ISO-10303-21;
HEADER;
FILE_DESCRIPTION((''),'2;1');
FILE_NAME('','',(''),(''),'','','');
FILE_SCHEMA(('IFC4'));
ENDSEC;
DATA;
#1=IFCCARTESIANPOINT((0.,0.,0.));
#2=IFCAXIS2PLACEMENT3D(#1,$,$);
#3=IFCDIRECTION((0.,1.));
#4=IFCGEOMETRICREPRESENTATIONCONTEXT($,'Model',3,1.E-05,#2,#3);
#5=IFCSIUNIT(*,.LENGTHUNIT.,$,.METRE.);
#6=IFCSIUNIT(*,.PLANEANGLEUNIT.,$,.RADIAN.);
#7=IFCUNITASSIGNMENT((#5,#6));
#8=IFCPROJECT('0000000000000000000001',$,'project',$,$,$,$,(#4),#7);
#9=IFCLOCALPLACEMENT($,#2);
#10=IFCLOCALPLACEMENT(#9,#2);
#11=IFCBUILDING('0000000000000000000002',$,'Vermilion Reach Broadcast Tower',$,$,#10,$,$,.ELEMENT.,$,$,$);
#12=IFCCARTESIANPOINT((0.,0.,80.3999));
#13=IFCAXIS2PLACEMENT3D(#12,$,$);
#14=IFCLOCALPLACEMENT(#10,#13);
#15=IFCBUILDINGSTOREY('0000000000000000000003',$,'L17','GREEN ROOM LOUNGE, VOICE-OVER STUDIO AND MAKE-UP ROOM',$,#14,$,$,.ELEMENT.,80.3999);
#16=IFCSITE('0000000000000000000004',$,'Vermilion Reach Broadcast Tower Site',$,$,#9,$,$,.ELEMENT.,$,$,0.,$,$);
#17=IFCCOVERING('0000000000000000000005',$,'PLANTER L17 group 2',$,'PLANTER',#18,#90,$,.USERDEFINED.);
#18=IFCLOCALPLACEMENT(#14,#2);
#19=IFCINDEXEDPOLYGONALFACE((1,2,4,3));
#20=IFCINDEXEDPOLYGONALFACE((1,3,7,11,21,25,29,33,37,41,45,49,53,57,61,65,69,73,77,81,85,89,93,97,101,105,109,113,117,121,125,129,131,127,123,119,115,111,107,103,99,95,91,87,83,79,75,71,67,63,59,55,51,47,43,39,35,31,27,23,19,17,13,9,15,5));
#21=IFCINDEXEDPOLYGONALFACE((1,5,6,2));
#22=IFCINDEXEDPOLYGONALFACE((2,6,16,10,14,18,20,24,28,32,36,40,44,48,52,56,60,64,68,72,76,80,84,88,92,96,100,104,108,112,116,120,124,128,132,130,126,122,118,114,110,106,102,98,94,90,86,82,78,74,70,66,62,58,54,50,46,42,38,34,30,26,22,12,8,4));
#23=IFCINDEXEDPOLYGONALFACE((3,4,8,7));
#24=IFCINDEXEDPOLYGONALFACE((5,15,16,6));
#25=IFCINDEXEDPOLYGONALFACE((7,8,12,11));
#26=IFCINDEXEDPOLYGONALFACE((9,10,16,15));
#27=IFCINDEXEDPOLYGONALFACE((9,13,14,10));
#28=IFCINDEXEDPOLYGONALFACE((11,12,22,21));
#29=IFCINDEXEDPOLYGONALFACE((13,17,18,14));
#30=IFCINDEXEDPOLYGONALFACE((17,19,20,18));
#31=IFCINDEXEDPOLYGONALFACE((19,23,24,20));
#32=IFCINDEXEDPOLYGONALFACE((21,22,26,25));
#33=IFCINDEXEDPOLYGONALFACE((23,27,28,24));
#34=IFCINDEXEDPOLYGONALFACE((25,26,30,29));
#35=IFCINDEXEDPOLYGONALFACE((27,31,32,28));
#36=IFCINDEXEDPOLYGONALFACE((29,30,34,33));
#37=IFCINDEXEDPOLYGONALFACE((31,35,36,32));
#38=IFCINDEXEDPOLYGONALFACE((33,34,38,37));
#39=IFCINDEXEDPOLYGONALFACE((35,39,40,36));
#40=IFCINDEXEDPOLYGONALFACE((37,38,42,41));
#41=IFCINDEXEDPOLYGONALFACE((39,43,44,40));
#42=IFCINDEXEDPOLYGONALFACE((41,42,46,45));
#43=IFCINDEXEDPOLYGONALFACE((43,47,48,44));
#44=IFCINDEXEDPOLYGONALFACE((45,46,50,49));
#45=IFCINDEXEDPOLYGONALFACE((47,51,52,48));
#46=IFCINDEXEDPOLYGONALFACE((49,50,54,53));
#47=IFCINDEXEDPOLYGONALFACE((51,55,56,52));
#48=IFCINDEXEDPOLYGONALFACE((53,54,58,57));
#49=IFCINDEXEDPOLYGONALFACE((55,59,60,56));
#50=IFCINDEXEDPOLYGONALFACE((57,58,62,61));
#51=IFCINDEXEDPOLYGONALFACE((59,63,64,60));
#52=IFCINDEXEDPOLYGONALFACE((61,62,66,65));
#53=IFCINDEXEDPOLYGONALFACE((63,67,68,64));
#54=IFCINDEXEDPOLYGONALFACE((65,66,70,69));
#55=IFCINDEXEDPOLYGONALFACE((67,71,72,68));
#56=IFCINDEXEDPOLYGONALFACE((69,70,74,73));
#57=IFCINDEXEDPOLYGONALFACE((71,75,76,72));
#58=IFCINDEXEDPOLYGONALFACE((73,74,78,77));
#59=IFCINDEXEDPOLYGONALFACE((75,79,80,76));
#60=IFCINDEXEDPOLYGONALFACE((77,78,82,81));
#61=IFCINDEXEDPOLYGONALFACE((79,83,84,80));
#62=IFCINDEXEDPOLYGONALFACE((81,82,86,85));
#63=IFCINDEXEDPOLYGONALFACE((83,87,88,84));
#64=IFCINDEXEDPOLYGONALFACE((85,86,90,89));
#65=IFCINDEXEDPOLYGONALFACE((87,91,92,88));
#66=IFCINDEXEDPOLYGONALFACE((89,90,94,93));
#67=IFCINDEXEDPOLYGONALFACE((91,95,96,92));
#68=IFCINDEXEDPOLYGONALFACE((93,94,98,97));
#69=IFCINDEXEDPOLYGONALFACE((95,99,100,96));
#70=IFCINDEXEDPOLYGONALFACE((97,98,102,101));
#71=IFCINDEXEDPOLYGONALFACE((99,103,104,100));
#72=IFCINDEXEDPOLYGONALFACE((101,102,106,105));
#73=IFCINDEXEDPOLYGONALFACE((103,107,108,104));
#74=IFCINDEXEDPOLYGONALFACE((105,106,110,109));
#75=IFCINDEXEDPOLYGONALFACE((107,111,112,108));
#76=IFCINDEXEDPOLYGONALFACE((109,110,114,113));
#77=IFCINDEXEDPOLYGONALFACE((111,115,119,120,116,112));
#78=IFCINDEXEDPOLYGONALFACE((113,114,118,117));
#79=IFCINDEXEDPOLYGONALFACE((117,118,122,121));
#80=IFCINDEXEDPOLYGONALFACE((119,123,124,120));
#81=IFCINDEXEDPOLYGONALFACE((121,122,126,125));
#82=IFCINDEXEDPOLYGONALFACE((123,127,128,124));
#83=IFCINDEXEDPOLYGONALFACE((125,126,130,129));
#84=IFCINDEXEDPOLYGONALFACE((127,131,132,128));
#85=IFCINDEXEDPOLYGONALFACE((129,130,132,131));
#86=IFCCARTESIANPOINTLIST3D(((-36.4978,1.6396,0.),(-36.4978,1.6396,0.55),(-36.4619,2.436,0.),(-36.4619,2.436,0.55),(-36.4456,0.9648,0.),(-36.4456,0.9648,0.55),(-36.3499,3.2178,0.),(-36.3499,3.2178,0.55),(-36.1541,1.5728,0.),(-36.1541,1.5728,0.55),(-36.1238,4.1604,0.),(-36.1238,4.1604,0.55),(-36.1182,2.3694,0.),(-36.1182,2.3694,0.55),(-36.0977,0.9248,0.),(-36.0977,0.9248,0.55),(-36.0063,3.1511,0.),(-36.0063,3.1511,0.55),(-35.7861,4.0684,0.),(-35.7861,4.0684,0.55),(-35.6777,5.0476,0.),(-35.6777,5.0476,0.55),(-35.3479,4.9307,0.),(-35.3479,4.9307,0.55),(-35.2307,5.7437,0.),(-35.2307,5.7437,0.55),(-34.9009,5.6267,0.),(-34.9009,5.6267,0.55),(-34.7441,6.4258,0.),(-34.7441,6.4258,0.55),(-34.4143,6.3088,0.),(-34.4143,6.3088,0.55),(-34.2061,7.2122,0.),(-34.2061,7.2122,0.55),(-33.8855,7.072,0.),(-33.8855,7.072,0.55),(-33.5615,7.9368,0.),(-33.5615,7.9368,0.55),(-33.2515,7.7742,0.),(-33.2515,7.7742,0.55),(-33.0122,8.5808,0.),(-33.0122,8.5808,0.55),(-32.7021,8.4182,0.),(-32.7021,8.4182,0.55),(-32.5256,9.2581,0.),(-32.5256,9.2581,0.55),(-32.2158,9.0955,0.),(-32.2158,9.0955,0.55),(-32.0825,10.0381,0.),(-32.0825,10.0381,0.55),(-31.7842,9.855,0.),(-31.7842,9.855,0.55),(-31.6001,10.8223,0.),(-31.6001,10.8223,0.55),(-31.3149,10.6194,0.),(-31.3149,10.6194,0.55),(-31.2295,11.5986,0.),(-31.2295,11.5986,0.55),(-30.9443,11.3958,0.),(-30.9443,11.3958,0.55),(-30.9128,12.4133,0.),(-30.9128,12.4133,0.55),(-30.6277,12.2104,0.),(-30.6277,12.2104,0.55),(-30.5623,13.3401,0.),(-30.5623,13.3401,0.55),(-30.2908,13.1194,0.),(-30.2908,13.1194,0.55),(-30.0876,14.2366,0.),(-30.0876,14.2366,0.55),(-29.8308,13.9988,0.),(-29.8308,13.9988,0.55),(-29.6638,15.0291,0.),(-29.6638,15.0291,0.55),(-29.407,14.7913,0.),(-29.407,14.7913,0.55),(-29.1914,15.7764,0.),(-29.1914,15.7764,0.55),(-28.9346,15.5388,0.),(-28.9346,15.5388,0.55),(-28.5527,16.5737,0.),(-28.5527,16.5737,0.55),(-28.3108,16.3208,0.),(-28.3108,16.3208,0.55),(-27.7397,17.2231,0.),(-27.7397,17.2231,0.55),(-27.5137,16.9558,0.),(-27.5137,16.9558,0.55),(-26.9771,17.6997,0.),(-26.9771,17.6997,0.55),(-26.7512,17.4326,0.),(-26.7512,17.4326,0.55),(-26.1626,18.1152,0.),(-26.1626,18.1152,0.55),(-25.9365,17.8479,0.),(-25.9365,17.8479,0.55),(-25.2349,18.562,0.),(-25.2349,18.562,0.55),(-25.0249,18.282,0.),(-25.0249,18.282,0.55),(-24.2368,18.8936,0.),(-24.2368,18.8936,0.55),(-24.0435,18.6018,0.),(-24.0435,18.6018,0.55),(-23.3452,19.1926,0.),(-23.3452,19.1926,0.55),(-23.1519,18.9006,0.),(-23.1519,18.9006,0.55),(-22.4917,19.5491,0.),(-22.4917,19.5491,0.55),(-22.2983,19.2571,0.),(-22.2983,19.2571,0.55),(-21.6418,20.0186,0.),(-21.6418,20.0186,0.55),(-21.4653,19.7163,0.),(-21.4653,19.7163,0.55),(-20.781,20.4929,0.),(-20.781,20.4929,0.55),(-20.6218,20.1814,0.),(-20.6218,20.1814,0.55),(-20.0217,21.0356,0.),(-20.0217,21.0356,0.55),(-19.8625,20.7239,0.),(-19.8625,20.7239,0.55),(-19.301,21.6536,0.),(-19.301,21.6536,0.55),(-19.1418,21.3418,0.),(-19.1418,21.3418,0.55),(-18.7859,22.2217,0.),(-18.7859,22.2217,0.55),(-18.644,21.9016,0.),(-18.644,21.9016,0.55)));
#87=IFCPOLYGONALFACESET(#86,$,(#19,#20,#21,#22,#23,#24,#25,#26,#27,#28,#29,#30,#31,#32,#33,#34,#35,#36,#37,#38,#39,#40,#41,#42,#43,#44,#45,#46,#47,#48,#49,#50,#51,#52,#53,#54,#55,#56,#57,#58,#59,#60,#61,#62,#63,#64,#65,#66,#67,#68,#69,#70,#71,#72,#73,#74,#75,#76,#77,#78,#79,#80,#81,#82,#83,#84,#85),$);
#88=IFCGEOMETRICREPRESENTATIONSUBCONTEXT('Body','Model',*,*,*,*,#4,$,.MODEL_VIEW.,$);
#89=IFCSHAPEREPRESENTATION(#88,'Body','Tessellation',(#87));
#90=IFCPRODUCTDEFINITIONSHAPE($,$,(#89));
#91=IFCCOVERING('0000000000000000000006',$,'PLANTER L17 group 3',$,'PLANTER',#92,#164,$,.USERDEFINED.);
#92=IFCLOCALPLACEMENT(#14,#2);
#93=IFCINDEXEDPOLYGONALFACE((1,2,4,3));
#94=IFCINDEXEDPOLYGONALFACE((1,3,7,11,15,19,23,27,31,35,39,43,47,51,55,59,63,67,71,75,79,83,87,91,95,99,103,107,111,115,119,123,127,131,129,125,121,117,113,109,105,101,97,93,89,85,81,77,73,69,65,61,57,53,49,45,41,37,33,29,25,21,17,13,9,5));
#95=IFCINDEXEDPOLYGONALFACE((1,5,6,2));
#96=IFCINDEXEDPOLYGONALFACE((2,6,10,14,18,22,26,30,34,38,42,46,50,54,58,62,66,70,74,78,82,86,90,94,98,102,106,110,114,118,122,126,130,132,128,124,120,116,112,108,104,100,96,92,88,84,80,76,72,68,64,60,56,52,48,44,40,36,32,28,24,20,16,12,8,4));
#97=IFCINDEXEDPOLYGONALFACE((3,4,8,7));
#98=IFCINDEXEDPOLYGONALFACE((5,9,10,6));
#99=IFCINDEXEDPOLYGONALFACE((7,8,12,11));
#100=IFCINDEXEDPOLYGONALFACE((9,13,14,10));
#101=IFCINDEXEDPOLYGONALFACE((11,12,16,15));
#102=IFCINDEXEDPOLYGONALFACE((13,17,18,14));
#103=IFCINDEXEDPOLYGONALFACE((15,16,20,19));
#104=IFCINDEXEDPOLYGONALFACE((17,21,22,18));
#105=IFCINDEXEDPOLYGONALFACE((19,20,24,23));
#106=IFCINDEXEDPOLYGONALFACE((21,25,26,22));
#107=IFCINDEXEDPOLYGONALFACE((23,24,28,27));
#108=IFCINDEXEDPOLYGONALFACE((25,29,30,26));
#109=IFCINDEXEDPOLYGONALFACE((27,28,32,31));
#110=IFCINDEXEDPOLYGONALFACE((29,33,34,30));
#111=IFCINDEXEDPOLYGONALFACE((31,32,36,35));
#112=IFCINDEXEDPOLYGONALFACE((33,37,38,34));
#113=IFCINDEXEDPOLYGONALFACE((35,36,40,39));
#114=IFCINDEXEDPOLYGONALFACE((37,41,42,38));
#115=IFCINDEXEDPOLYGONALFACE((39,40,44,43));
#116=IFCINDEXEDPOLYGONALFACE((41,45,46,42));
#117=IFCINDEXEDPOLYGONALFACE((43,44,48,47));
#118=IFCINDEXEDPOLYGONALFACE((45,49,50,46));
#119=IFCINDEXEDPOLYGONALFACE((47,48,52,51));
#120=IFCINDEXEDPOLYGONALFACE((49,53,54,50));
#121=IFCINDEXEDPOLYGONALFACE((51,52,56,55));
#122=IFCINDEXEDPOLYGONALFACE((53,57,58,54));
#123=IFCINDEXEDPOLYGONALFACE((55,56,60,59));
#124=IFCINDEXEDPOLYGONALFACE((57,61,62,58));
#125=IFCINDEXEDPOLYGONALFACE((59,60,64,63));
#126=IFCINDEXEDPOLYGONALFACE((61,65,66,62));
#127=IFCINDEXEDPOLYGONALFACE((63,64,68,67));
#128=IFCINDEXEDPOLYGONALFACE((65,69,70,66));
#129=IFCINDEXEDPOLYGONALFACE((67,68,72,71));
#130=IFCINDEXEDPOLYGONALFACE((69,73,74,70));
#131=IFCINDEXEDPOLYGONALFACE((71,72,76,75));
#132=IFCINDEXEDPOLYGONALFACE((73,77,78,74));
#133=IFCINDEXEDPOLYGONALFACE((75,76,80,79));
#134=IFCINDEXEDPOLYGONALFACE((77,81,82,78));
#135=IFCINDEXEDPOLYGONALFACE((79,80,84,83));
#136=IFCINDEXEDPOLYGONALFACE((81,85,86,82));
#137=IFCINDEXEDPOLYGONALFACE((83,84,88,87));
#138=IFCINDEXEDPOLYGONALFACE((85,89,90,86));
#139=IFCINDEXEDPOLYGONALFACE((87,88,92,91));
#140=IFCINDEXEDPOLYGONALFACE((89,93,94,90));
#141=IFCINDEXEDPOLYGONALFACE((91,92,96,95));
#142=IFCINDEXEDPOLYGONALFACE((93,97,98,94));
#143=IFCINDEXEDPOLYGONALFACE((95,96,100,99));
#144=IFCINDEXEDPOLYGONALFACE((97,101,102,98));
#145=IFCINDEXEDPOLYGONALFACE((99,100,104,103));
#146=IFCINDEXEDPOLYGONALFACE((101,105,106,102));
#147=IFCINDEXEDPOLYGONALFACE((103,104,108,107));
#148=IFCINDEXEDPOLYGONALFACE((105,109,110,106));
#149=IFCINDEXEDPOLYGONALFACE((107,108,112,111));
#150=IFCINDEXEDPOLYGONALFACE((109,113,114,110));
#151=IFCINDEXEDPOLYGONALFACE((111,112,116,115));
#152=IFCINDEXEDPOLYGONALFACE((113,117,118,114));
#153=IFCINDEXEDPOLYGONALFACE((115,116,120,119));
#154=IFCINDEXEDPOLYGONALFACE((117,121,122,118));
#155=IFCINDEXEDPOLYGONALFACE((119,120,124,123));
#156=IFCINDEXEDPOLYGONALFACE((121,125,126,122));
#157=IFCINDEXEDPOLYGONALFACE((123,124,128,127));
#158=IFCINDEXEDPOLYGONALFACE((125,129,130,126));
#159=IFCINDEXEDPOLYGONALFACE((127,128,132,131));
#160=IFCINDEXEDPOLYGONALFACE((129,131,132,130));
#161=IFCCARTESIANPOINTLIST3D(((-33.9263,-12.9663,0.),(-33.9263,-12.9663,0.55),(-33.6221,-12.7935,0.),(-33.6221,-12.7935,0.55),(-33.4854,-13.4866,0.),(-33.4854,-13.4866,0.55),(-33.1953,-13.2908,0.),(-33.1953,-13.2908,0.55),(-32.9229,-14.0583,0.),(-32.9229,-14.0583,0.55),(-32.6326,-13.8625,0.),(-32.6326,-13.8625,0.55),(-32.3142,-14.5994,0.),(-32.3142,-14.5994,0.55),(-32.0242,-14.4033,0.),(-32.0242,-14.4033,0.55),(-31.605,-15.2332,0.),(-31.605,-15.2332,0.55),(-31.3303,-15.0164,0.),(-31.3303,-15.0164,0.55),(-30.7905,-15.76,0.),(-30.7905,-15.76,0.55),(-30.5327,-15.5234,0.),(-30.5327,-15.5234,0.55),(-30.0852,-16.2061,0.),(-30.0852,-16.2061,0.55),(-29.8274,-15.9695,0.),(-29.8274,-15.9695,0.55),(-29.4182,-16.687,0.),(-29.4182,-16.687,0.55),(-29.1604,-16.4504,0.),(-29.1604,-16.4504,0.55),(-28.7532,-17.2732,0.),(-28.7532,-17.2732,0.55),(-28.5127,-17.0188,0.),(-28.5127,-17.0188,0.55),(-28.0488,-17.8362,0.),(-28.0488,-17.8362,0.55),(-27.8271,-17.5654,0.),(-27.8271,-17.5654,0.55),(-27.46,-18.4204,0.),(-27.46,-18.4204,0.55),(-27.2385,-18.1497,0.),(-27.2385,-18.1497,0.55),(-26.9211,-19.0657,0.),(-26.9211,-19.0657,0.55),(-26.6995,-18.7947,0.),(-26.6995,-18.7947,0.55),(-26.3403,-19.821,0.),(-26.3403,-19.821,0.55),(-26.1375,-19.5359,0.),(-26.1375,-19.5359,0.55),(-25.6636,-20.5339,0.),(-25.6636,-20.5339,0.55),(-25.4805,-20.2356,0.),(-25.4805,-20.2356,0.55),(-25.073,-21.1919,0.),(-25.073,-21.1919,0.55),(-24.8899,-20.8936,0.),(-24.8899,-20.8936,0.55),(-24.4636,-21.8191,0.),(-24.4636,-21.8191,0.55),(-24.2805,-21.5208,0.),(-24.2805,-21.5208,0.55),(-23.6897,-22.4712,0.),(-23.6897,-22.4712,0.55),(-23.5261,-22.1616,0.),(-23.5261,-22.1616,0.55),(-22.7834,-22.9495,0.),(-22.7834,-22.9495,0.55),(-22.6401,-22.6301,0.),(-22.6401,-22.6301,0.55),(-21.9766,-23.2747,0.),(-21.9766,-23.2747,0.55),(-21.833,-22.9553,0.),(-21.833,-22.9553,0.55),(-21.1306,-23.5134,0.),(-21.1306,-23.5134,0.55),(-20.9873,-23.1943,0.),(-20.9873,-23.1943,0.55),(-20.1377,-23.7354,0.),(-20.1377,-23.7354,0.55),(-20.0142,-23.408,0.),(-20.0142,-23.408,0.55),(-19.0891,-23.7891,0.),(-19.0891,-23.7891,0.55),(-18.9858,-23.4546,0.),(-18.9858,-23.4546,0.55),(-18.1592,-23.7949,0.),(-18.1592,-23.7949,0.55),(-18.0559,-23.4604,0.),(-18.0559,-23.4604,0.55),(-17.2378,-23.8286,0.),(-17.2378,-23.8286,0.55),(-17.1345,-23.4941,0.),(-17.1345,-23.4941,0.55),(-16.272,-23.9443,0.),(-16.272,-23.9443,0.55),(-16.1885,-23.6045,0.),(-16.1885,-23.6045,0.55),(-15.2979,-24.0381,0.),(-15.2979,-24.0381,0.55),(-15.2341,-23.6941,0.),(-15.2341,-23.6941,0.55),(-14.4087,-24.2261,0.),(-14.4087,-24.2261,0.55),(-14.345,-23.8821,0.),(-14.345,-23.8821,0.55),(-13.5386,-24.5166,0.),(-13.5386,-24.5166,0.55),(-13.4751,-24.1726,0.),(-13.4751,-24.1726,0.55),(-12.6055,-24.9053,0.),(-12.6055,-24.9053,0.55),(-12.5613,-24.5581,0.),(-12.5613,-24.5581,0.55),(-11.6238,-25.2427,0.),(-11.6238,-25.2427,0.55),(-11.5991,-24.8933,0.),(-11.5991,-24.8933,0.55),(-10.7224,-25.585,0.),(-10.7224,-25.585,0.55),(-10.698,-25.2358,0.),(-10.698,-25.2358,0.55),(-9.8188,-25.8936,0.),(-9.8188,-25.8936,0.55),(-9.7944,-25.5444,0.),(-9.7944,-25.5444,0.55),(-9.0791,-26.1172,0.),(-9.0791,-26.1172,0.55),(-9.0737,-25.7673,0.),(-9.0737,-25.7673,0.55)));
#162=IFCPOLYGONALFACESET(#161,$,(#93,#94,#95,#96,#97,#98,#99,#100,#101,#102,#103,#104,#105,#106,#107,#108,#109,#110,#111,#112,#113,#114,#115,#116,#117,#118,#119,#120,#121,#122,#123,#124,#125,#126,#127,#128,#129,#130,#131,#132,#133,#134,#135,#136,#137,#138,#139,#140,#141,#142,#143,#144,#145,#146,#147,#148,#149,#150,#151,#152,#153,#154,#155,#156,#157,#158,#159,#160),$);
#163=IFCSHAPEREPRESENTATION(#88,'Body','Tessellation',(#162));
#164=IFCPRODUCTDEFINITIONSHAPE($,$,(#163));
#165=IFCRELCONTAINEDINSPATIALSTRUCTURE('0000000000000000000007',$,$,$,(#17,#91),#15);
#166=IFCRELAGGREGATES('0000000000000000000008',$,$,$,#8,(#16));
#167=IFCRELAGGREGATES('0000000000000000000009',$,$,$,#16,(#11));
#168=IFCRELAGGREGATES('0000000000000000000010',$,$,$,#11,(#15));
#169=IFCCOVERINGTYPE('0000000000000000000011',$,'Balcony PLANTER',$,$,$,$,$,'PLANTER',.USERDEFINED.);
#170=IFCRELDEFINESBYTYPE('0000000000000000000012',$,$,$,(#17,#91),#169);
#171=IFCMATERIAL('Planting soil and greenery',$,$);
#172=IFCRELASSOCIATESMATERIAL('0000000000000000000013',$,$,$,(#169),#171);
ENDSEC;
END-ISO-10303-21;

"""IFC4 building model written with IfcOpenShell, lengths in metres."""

from ifc_helpers import new_model, si_unit, direction, frame, origin, place, context, subcontext, project, spatial, polyline, outline, extrude, material, type_object, element, save


model = new_model("IFC4")

# Units and contexts
model_context = context("Model", 3, precision=1e-05, world=origin(), true_north=direction((0.0, 1.0)))
body_context = subcontext(model_context, "Body", "Model", "MODEL_VIEW")
ifc_project = project(units=[si_unit("LENGTHUNIT", "METRE"), si_unit("PLANEANGLEUNIT", "RADIAN")], contexts=[model_context])

# Site, building, storey
site_placement = place(None, origin())
site = spatial("IfcSite", under=ifc_project, at=site_placement, Name="Vermilion Reach Broadcast Tower Site", CompositionType="ELEMENT", RefElevation=0.0)
building_placement = place(site_placement, origin())
building = spatial("IfcBuilding", under=site, at=building_placement, Name="Vermilion Reach Broadcast Tower", CompositionType="ELEMENT")
storey_placement = place(building_placement, frame((0.0, 0.0, 80.3999)))
storey = spatial("IfcBuildingStorey", under=building, at=storey_placement, Name="L17", Description="GREEN ROOM LOUNGE, VOICE-OVER STUDIO AND MAKE-UP ROOM", CompositionType="ELEMENT", Elevation=80.3999)

# Shared definitions
placement_1 = place(storey_placement, origin())

# Coverings
ifc_material_1 = material(Name="Planting soil and greenery")
covering_type = type_object("IfcCoveringType", Name="Balcony PLANTER", ElementType="PLANTER", PredefinedType="USERDEFINED", material=ifc_material_1)
element("IfcCovering", 1, at=placement_1, inside=storey, type_object=covering_type, Name="PLANTER L17 group 2", ObjectType="PLANTER", PredefinedType="USERDEFINED", context=body_context, shape_type="SweptSolid", body=[
    extrude(outline(polyline([(-18.7859, 22.2217), (-19.301, 21.6536), (-20.0217, 21.0356), (-20.781, 20.4929), (-21.6418, 20.0186), (-22.4917, 19.5491), (-23.3452, 19.1926), (-24.2368, 18.8936), (-25.2349, 18.562), (-26.1626, 18.1152), (-26.9771, 17.6997), (-27.7397, 17.2231), (-28.5527, 16.5737), (-29.1914, 15.7764), (-29.6638, 15.0291), (-30.0876, 14.2366), (-30.5623, 13.3401), (-30.9128, 12.4133), (-31.2295, 11.5986), (-31.6001, 10.8223), (-32.0825, 10.0381), (-32.5256, 9.2581), (-33.0122, 8.5808), (-33.5615, 7.9368), (-34.2061, 7.2122), (-34.7441, 6.4258), (-35.2307, 5.7437), (-35.6777, 5.0476), (-36.1238, 4.1604), (-36.3499, 3.2178), (-36.4619, 2.436), (-36.4978, 1.6396), (-36.4456, 0.9648), (-36.0977, 0.9248), (-36.1541, 1.5728), (-36.1182, 2.3694), (-36.0063, 3.1511), (-35.7861, 4.0684), (-35.3479, 4.9307), (-34.9009, 5.6267), (-34.4143, 6.3088), (-33.8855, 7.072), (-33.2515, 7.7742), (-32.7021, 8.4182), (-32.2158, 9.0955), (-31.7842, 9.855), (-31.3149, 10.6194), (-30.9443, 11.3958), (-30.6277, 12.2104), (-30.2908, 13.1194), (-29.8308, 13.9988), (-29.407, 14.7913), (-28.9346, 15.5388), (-28.3108, 16.3208), (-27.5137, 16.9558), (-26.7512, 17.4326), (-25.9365, 17.8479), (-25.0249, 18.282), (-24.0435, 18.6018), (-23.1519, 18.9006), (-22.2983, 19.2571), (-21.4653, 19.7163), (-20.6218, 20.1814), (-19.8625, 20.7239), (-19.1418, 21.3418), (-18.644, 21.9016), (-18.7859, 22.2217)])), origin(), (0.0, 0.0, 1.0), 0.55),
])
element("IfcCovering", 2, at=placement_1, inside=storey, type_object=covering_type, Name="PLANTER L17 group 3", ObjectType="PLANTER", PredefinedType="USERDEFINED", context=body_context, shape_type="SweptSolid", body=[
    extrude(outline(polyline([(-33.9263, -12.9663), (-33.4854, -13.4866), (-32.9229, -14.0583), (-32.3142, -14.5994), (-31.605, -15.2332), (-30.7905, -15.76), (-30.0852, -16.2061), (-29.4182, -16.687), (-28.7532, -17.2732), (-28.0488, -17.8362), (-27.46, -18.4204), (-26.9211, -19.0657), (-26.3403, -19.821), (-25.6636, -20.5339), (-25.073, -21.1919), (-24.4636, -21.8191), (-23.6897, -22.4712), (-22.7834, -22.9495), (-21.9766, -23.2747), (-21.1306, -23.5134), (-20.1377, -23.7354), (-19.0891, -23.7891), (-18.1592, -23.7949), (-17.2378, -23.8286), (-16.272, -23.9443), (-15.2979, -24.0381), (-14.4087, -24.2261), (-13.5386, -24.5166), (-12.6055, -24.9053), (-11.6238, -25.2427), (-10.7224, -25.585), (-9.8188, -25.8936), (-9.0791, -26.1172), (-9.0737, -25.7673), (-9.7944, -25.5444), (-10.698, -25.2358), (-11.5991, -24.8933), (-12.5613, -24.5581), (-13.4751, -24.1726), (-14.345, -23.8821), (-15.2341, -23.6941), (-16.1885, -23.6045), (-17.1345, -23.4941), (-18.0559, -23.4604), (-18.9858, -23.4546), (-20.0142, -23.408), (-20.9873, -23.1943), (-21.833, -22.9553), (-22.6401, -22.6301), (-23.5261, -22.1616), (-24.2805, -21.5208), (-24.8899, -20.8936), (-25.4805, -20.2356), (-26.1375, -19.5359), (-26.6995, -18.7947), (-27.2385, -18.1497), (-27.8271, -17.5654), (-28.5127, -17.0188), (-29.1604, -16.4504), (-29.8274, -15.9695), (-30.5327, -15.5234), (-31.3303, -15.0164), (-32.0242, -14.4033), (-32.6326, -13.8625), (-33.1953, -13.2908), (-33.6221, -12.7935), (-33.9263, -12.9663)])), origin(), (0.0, 0.0, 1.0), 0.55),
])

save(model, "model.ifc")
